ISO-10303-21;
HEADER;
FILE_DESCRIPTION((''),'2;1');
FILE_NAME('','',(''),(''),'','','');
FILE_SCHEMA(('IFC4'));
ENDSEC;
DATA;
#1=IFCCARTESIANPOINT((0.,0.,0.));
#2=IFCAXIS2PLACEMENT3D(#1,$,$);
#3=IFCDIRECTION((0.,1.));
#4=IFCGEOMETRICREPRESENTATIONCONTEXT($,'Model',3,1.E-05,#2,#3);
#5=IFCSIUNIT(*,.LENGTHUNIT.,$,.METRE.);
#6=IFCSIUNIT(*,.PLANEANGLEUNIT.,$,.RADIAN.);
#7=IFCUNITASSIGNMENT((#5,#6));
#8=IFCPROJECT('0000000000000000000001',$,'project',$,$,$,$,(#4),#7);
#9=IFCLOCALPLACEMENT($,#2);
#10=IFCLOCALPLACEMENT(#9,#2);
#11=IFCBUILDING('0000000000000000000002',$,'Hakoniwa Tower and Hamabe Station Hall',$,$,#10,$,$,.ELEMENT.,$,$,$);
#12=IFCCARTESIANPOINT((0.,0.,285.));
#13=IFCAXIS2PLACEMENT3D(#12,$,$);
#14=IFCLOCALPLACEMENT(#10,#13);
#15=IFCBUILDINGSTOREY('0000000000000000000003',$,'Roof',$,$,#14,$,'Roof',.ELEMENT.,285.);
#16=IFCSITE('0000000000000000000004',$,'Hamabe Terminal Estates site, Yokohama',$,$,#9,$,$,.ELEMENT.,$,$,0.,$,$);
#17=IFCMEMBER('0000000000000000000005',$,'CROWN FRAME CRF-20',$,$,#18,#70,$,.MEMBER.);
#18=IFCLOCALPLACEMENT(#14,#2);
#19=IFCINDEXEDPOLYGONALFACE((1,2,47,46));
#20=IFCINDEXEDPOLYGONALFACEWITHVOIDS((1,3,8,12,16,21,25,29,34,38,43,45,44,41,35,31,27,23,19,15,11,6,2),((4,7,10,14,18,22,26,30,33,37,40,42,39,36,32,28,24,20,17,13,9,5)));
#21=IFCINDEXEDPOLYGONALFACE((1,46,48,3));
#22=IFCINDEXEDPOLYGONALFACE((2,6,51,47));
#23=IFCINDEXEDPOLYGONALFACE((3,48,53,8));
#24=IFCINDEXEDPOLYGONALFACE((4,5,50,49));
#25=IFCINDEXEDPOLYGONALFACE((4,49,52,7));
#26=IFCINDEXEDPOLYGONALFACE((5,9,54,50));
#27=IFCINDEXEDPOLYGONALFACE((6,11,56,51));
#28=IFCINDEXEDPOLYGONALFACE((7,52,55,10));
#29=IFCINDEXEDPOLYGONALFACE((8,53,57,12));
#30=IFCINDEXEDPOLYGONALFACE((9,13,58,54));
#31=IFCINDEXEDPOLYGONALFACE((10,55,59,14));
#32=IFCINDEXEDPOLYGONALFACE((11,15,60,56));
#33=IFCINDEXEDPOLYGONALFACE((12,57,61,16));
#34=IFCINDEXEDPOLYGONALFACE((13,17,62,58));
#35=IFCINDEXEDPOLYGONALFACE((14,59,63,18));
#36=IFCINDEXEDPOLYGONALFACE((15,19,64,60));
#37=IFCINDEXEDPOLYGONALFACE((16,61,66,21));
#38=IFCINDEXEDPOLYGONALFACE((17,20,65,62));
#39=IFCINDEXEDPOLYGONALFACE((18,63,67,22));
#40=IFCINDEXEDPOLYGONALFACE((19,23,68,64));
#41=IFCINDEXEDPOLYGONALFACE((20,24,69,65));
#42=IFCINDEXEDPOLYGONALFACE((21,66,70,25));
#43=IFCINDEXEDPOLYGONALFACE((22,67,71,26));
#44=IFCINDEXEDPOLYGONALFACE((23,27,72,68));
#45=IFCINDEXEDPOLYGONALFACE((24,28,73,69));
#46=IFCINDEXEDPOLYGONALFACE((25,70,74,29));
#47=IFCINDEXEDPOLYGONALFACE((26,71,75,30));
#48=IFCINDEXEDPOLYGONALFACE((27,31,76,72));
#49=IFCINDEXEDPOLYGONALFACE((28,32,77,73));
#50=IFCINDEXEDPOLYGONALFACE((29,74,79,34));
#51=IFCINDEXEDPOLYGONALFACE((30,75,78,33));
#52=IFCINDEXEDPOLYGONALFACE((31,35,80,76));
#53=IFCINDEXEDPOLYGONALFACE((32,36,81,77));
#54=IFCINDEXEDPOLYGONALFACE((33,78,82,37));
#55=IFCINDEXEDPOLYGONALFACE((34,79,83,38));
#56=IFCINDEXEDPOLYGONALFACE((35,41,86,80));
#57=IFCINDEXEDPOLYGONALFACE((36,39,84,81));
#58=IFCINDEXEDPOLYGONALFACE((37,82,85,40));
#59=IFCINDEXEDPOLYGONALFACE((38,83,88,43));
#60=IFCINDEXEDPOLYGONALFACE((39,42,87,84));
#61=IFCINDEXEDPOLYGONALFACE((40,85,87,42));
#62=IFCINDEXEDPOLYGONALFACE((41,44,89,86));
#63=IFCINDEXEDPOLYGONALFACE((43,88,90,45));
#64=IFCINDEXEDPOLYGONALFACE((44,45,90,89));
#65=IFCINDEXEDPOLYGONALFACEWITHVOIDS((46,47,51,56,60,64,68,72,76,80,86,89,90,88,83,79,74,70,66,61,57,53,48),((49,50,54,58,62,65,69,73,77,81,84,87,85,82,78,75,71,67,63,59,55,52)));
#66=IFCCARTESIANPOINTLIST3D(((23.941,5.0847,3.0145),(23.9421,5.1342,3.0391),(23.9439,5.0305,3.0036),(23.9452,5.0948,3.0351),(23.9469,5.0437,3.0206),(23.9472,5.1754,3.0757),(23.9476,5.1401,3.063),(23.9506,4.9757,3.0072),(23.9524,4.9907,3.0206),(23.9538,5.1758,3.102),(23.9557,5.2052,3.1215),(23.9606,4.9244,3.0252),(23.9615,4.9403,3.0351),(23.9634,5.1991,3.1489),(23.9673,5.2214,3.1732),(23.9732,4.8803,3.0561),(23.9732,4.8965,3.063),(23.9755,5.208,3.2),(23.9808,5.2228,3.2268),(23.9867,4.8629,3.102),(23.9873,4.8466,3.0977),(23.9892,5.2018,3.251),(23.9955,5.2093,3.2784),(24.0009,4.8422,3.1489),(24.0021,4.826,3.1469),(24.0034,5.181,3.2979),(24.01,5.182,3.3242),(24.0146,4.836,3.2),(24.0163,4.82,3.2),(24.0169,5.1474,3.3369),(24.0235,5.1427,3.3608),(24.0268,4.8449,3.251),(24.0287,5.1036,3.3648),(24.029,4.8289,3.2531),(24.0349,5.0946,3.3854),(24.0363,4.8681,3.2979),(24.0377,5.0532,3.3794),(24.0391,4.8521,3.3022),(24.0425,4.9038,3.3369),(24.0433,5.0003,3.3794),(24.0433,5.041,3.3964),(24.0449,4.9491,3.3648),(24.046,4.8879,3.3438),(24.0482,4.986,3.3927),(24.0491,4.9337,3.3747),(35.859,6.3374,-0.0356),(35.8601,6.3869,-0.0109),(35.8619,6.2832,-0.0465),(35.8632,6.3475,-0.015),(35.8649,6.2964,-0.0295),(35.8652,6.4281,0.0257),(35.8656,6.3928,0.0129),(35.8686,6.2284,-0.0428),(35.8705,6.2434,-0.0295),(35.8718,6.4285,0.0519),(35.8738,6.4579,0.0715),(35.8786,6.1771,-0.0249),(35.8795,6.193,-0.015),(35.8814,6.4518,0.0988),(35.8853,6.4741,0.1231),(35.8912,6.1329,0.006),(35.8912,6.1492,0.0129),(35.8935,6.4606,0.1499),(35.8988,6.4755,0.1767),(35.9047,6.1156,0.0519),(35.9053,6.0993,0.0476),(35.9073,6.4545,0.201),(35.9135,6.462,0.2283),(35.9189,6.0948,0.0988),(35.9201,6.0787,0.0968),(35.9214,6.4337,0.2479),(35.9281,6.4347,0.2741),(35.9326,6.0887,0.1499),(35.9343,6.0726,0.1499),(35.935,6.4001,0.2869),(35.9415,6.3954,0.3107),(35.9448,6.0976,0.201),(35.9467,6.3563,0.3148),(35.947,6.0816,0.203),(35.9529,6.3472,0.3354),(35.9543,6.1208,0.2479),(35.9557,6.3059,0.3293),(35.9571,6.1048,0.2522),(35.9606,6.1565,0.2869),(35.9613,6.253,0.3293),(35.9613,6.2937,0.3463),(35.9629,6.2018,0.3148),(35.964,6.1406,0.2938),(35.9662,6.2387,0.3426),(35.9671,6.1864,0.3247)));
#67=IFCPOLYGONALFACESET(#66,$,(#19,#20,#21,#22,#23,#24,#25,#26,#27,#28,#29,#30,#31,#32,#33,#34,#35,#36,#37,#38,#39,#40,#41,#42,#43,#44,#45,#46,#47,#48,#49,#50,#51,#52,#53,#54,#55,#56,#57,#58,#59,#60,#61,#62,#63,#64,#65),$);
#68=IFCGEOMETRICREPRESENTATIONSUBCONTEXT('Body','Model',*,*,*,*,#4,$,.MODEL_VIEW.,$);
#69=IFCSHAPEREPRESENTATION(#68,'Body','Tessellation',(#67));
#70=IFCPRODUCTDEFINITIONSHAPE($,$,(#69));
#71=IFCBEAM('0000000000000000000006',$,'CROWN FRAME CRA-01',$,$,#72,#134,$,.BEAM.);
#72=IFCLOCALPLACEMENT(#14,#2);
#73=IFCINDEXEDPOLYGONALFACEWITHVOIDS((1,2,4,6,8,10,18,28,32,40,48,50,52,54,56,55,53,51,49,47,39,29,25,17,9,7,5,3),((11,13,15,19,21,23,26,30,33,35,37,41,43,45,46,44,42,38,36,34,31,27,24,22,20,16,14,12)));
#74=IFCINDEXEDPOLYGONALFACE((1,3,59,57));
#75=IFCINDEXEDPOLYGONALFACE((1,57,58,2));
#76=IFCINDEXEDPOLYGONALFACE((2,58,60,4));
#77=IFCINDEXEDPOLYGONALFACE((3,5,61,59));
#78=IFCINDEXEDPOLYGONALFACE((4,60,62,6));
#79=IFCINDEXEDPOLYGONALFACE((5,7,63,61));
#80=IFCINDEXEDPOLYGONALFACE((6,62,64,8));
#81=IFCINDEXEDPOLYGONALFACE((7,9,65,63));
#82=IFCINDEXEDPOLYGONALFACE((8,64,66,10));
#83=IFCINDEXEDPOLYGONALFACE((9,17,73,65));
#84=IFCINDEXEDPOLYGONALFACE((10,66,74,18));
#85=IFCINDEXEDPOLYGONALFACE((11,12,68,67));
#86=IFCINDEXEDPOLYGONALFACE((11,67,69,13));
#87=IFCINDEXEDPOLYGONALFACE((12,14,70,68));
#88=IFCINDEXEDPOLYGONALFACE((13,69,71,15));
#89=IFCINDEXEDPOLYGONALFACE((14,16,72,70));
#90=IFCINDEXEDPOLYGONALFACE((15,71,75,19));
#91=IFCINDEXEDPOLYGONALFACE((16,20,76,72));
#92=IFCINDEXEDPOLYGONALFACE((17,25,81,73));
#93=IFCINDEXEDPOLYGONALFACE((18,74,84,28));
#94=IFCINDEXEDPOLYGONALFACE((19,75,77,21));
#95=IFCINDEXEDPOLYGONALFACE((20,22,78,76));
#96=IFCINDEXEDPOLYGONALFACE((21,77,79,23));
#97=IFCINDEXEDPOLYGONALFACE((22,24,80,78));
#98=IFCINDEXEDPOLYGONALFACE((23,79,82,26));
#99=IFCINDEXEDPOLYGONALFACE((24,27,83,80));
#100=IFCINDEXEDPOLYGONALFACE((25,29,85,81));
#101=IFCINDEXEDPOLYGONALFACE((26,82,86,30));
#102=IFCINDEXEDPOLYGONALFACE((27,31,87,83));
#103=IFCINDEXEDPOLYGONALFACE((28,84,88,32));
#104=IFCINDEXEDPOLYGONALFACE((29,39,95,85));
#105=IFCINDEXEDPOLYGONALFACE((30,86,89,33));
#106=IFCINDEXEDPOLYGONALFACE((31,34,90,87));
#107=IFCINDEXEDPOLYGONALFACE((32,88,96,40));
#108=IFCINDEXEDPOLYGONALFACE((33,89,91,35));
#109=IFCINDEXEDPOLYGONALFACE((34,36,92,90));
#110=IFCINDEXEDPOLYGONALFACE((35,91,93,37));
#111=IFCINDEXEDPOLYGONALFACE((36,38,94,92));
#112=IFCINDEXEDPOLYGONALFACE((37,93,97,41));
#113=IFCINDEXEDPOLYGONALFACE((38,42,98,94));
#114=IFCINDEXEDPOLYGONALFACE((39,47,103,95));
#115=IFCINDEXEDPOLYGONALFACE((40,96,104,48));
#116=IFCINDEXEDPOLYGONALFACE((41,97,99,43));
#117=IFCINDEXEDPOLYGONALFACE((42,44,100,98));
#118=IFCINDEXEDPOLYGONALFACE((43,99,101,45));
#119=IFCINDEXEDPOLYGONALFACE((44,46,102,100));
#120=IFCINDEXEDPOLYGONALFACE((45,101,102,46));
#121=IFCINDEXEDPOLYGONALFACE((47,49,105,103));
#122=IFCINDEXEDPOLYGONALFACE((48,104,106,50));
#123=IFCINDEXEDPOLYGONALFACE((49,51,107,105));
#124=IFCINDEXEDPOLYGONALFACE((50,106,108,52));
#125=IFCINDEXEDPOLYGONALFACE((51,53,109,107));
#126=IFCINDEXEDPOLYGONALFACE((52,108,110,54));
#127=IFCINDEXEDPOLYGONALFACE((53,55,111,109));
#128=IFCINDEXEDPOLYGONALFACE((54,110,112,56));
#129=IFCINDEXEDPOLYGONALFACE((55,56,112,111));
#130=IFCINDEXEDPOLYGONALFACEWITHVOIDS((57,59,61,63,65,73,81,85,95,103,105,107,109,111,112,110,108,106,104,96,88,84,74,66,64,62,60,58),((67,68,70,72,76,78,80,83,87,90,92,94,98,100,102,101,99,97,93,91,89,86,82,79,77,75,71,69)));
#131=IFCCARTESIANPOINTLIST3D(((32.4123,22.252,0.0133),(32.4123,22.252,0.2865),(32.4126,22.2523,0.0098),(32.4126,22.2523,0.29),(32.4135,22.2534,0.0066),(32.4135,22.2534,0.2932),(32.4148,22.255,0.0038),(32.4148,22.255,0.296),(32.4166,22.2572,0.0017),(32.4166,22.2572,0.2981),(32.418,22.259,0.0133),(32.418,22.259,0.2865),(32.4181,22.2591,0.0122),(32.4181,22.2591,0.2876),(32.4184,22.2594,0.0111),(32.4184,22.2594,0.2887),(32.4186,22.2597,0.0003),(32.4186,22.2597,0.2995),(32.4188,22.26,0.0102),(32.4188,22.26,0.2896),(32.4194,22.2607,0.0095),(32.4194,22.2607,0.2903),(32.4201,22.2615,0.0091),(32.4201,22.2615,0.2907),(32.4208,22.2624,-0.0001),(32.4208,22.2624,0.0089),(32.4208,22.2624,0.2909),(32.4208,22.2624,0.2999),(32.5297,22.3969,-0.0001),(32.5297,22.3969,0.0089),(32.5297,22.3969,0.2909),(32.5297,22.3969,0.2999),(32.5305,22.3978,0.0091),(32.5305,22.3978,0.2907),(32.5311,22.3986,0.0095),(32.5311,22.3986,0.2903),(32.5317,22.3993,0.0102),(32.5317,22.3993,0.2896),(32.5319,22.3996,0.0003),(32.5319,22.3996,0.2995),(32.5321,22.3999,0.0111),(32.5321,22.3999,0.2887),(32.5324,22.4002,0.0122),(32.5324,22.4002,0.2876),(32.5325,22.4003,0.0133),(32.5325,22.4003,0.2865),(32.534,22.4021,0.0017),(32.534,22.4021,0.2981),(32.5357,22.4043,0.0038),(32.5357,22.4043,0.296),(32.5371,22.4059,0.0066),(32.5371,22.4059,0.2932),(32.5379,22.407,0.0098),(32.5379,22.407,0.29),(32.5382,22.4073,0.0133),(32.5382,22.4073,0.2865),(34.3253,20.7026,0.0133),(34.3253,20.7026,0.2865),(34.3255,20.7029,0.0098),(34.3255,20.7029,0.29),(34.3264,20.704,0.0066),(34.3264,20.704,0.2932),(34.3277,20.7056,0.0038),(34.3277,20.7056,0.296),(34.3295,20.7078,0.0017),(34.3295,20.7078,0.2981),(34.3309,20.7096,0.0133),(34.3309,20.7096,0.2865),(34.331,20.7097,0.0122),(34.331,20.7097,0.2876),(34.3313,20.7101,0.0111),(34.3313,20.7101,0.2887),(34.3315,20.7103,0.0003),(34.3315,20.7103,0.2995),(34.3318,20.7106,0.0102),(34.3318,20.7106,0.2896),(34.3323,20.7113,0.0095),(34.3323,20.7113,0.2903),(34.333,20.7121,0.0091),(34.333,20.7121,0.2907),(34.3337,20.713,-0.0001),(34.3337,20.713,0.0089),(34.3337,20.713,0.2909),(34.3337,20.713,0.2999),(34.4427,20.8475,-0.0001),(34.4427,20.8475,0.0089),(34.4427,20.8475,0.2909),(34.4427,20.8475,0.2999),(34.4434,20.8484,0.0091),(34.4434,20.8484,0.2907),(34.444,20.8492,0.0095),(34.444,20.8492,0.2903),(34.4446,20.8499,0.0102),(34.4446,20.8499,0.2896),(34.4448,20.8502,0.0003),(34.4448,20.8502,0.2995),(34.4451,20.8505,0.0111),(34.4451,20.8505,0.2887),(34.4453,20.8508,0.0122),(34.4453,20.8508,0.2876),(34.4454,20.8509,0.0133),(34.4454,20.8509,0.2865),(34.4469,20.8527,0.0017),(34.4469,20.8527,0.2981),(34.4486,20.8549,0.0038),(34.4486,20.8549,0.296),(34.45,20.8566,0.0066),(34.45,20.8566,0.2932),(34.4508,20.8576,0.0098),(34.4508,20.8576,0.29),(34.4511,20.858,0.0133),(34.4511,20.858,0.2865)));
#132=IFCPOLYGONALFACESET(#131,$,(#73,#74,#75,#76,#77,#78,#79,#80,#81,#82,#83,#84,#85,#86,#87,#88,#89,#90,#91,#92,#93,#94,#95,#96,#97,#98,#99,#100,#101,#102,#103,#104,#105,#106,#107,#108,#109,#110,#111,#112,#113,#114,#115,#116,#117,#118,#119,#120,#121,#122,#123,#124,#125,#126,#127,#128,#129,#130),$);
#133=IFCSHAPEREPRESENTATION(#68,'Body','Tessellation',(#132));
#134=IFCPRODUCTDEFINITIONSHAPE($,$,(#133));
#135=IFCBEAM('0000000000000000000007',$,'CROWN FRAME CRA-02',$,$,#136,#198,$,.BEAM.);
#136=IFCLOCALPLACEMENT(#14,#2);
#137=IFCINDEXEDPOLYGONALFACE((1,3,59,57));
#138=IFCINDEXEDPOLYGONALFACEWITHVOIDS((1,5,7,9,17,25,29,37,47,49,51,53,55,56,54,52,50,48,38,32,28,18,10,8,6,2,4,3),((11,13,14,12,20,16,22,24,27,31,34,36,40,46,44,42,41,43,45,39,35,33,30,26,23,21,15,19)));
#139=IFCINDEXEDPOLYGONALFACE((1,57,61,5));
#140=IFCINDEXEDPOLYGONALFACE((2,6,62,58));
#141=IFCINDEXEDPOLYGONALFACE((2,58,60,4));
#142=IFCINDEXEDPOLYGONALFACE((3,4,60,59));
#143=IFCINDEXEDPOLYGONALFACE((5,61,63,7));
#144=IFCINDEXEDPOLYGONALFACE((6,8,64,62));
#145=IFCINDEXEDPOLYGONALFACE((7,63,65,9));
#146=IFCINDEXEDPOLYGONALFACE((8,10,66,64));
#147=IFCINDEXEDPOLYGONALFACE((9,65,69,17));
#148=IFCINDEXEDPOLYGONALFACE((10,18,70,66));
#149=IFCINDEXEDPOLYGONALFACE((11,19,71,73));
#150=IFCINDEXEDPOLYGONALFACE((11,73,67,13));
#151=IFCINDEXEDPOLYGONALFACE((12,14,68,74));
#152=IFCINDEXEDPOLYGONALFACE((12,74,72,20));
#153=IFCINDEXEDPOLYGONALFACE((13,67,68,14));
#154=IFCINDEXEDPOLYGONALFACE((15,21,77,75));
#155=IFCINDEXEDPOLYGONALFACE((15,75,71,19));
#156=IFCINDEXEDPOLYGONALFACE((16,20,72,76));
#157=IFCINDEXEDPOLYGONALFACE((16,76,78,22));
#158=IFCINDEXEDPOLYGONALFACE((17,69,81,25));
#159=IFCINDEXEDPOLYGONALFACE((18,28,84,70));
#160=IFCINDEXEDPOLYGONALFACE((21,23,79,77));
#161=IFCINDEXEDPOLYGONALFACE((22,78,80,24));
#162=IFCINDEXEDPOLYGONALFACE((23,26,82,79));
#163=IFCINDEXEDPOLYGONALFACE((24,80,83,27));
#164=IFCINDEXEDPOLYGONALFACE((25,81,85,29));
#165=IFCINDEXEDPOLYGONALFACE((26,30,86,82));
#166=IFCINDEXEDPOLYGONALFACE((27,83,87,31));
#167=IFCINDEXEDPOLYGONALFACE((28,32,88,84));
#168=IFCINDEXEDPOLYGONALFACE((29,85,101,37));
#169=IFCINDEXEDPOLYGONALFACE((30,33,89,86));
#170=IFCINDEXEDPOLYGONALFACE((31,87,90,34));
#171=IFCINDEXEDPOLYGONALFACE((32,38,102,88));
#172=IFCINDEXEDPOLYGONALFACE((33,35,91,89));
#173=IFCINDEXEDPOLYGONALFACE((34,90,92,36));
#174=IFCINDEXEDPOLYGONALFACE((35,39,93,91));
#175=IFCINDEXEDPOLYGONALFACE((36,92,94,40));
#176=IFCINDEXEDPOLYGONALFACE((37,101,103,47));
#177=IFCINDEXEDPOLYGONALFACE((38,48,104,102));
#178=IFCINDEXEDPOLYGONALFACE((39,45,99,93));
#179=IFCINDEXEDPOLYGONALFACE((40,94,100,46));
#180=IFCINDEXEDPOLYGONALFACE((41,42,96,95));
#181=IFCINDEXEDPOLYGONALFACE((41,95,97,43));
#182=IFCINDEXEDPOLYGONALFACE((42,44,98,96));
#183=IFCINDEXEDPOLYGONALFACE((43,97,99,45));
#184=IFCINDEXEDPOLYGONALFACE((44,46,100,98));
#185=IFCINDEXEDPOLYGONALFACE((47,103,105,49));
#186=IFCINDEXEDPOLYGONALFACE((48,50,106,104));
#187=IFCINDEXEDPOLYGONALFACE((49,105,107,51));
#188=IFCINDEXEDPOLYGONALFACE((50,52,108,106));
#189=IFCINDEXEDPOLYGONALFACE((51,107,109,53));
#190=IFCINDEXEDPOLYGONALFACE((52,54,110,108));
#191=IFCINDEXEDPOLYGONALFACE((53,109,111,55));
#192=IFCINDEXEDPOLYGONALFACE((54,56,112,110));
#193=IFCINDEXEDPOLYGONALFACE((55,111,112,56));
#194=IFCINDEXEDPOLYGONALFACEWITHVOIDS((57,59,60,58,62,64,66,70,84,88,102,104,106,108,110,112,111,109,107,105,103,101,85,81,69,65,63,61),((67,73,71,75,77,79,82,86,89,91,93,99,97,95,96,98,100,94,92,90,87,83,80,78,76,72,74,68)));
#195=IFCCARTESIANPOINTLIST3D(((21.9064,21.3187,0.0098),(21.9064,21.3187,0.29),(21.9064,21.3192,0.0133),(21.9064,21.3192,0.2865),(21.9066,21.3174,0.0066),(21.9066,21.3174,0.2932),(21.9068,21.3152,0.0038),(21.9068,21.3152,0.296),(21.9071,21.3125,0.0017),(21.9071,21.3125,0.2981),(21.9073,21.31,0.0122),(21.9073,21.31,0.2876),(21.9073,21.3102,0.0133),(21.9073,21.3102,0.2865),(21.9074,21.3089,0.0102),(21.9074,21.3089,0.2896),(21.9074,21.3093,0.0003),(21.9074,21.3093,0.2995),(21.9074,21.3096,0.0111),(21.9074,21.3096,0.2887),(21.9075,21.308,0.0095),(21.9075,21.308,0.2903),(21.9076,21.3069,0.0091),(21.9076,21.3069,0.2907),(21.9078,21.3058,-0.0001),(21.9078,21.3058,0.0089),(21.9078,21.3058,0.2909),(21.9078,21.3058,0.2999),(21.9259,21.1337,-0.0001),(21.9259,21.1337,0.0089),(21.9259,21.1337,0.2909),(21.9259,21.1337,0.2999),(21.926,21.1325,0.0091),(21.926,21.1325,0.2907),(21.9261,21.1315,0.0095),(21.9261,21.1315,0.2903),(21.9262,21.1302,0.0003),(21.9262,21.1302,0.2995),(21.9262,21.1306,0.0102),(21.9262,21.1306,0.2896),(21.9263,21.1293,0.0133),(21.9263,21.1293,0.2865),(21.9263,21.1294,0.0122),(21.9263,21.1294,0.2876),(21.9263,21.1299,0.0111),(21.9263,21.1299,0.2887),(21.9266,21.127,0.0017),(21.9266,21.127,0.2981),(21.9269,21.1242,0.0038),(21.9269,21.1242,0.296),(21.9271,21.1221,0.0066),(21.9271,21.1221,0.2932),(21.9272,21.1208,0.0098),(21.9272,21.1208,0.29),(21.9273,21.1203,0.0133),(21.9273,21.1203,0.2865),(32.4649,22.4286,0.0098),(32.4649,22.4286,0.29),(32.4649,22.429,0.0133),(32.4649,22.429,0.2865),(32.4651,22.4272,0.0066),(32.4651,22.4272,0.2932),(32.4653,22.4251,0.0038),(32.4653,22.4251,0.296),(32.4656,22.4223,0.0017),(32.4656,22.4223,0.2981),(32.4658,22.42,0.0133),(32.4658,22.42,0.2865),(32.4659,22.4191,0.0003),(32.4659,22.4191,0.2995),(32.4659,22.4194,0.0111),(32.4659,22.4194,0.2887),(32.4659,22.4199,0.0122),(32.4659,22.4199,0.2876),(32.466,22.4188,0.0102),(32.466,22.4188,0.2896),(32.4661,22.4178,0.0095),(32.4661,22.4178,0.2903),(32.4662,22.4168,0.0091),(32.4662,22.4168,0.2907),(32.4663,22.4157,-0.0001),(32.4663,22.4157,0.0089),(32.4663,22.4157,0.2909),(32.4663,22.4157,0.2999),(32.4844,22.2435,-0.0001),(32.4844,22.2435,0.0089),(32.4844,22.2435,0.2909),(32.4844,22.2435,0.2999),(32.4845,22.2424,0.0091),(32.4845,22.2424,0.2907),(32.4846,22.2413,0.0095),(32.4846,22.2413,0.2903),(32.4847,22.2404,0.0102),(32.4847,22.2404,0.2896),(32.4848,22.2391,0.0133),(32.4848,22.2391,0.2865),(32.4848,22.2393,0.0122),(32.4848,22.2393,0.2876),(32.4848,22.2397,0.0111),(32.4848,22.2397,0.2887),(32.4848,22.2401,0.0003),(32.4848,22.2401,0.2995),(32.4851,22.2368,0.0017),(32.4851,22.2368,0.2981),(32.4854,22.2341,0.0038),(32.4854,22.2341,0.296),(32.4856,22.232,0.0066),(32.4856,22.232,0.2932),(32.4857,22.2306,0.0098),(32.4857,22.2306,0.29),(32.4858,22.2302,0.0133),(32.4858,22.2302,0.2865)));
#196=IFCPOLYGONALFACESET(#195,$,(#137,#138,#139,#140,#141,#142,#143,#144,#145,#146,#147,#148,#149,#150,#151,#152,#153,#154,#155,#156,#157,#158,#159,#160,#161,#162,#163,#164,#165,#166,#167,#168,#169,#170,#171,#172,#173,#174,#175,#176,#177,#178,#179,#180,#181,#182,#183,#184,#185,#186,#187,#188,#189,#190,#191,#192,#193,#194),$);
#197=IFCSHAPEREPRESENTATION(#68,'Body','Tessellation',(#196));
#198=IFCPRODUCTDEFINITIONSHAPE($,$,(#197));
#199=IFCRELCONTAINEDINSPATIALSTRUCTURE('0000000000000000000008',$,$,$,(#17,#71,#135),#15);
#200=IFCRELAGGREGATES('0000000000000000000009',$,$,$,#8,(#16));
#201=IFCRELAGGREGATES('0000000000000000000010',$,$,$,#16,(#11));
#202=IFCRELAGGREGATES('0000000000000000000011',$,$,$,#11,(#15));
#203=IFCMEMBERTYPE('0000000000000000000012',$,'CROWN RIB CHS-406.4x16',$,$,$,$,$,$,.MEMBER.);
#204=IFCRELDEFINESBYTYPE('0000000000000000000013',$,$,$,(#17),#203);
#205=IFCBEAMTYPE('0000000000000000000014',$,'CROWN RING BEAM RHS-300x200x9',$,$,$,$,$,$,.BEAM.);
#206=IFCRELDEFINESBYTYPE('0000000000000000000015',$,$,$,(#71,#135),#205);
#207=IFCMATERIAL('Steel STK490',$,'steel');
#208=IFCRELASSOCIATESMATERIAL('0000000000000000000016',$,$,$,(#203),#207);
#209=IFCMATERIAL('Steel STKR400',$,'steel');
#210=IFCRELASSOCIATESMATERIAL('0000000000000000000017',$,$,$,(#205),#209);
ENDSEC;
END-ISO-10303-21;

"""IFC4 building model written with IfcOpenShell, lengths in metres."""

from ifc_helpers import new_model, si_unit, direction, frame, origin, origin_2d, place, context, subcontext, project, spatial, hollow_rectangle, hollow_circle, extrude, material, material_profile, profile_set, type_object, element, save


model = new_model("IFC4")

# Units and contexts
model_context = context("Model", 3, precision=1e-05, world=origin(), true_north=direction((0.0, 1.0)))
body_context = subcontext(model_context, "Body", "Model", "MODEL_VIEW")
ifc_project = project(units=[si_unit("LENGTHUNIT", "METRE"), si_unit("PLANEANGLEUNIT", "RADIAN")], contexts=[model_context])

# Site, building, storey
site_placement = place(None, origin())
site = spatial("IfcSite", under=ifc_project, at=site_placement, Name="Hamabe Terminal Estates site, Yokohama", CompositionType="ELEMENT", RefElevation=0.0)
building_placement = place(site_placement, origin())
building = spatial("IfcBuilding", under=site, at=building_placement, Name="Hakoniwa Tower and Hamabe Station Hall", CompositionType="ELEMENT")
storey_placement = place(building_placement, frame((0.0, 0.0, 285.0)))
storey = spatial("IfcBuildingStorey", under=building, at=storey_placement, Name="Roof", LongName="Roof", CompositionType="ELEMENT", Elevation=285.0)

# Member
ifc_material_1 = material(Name="Steel STK490", Category="steel")
ifc_material_profile_1 = material_profile(ifc_material_1, hollow_circle(Radius=0.2031, WallThickness=0.0161, at=origin_2d()), Name="CHS-406.4x16")
ifc_profile_set_1 = profile_set([ifc_material_profile_1], Name="Steel STK490")
member_type_1 = type_object("IfcMemberType", Name="CROWN RIB CHS-406.4x16", PredefinedType="MEMBER", material=ifc_profile_set_1)
member_1_placement = place(storey_placement, frame((35.9131, 6.2747, 0.1499), z_axis=(-0.963794, -0.101303, 0.246654), x_axis=(0.104533, -0.994521, 0.0)))
element("IfcMember", 1, at=member_1_placement, inside=storey, type_object=member_type_1, Name="CROWN FRAME CRF-20", PredefinedType="MEMBER", context=body_context, shape_type="SweptSolid", body=[
    extrude(hollow_circle(Radius=0.2031, WallThickness=0.0161, at=origin_2d()), origin(), (0.0, 0.0, 1.0), 12.3657),
])

# Beams
ifc_material_2 = material(Name="Steel STKR400", Category="steel")
ifc_material_profile_2 = material_profile(ifc_material_2, hollow_rectangle(XDim=0.2, YDim=0.3, WallThickness=0.009, InnerFilletRadius=0.0044, OuterFilletRadius=0.0134, at=origin_2d()), Name="RHS-300x200x9")
ifc_profile_set_2 = profile_set([ifc_material_profile_2], Name="Steel STKR400")
beam_type = type_object("IfcBeamType", Name="CROWN RING BEAM RHS-300x200x9", PredefinedType="BEAM", material=ifc_profile_set_2)
beam_1_placement = place(storey_placement, frame((34.3882, 20.7803, 0.1499), z_axis=(-0.777081, 0.629401, 0.0), x_axis=(-0.629401, -0.777081, 0.0)))
element("IfcBeam", 2, at=beam_1_placement, inside=storey, type_object=beam_type, Name="CROWN FRAME CRA-01", PredefinedType="BEAM", context=body_context, shape_type="SweptSolid", body=[
    extrude(hollow_rectangle(XDim=0.2, YDim=0.3, WallThickness=0.009, InnerFilletRadius=0.0044, OuterFilletRadius=0.0134, at=origin_2d()), origin(), (0.0, 0.0, 1.0), 2.4617),
])
beam_2_placement = place(storey_placement, frame((32.4753, 22.3296, 0.1499), z_axis=(-0.994521, -0.104539, 0.0), x_axis=(0.104539, -0.994521, 0.0)))
element("IfcBeam", 3, at=beam_2_placement, inside=storey, type_object=beam_type, Name="CROWN FRAME CRA-02", PredefinedType="BEAM", context=body_context, shape_type="SweptSolid", body=[
    extrude(hollow_rectangle(XDim=0.2, YDim=0.3, WallThickness=0.009, InnerFilletRadius=0.0044, OuterFilletRadius=0.0134, at=origin_2d()), origin(), (0.0, 0.0, 1.0), 10.6167),
])

save(model, "model.ifc")
